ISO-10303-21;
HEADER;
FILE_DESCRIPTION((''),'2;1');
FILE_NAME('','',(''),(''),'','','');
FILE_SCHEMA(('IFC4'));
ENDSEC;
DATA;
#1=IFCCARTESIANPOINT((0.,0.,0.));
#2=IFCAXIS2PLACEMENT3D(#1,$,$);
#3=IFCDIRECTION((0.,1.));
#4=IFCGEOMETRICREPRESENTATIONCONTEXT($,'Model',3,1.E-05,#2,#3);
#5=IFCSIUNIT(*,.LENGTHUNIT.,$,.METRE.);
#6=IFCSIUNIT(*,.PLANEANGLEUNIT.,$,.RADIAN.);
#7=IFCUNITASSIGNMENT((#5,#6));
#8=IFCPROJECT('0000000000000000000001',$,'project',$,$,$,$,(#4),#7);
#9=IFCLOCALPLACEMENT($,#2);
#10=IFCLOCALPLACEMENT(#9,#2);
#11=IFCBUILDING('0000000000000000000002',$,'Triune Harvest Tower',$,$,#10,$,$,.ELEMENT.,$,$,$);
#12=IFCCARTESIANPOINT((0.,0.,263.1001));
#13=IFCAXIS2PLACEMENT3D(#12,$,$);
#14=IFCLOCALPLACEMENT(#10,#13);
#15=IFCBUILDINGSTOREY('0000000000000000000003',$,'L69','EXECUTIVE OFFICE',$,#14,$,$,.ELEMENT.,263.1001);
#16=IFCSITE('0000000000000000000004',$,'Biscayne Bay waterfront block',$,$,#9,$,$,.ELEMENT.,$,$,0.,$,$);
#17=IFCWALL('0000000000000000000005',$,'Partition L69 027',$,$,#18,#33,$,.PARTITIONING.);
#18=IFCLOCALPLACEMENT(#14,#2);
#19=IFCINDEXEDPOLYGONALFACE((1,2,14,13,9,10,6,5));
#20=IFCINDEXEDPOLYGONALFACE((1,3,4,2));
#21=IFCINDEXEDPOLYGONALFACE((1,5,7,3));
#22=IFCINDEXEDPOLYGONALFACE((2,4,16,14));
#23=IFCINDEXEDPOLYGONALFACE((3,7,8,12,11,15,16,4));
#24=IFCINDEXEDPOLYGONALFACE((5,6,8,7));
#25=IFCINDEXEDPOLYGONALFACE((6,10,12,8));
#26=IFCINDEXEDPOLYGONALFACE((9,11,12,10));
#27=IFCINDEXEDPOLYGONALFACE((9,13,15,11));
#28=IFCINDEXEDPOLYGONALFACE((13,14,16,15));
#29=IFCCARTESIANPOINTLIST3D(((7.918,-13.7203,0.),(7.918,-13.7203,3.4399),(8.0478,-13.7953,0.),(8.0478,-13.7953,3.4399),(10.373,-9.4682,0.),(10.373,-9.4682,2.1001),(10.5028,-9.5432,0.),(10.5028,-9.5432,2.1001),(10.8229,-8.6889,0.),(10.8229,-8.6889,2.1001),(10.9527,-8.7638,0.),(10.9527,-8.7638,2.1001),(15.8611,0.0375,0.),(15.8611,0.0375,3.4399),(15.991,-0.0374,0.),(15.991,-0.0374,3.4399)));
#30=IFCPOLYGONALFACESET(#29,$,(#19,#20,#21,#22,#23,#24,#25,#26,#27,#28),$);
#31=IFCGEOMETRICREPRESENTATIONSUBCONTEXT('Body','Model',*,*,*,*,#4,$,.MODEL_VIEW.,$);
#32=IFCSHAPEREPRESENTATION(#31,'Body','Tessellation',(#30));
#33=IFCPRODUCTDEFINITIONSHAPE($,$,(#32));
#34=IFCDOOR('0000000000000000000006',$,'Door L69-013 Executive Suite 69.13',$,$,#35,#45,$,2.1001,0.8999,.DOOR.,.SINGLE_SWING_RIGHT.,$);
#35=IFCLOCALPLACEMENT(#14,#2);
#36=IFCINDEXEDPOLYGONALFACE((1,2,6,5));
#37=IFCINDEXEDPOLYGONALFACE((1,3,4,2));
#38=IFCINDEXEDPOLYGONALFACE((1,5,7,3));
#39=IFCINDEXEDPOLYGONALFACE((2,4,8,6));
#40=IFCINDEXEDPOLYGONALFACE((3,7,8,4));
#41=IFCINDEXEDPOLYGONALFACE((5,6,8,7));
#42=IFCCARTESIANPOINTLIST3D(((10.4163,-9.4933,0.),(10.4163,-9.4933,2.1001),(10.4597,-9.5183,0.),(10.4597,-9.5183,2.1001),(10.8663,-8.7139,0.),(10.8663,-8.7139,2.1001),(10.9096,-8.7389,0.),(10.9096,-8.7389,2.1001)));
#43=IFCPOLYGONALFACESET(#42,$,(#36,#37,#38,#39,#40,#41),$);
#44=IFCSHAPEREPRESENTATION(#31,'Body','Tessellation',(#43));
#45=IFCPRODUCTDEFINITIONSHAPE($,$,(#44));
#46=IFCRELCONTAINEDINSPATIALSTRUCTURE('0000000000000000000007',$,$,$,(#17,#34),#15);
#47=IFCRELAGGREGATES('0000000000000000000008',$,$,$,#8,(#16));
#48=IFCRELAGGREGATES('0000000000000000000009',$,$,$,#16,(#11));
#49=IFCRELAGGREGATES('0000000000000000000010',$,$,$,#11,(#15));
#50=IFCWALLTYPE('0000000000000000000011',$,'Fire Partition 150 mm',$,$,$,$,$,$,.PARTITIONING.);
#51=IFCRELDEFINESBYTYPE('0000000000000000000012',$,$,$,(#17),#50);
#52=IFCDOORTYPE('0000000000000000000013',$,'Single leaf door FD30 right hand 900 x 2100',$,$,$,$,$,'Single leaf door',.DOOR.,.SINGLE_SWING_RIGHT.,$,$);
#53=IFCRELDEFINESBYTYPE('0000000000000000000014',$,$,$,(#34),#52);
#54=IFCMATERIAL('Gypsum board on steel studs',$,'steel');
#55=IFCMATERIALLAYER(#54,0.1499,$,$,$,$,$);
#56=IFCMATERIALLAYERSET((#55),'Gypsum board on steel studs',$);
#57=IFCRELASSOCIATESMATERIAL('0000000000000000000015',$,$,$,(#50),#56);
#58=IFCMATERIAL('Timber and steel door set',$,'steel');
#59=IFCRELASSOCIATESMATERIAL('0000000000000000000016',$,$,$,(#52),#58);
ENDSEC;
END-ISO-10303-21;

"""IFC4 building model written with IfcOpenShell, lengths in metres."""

from ifc_helpers import new_model, si_unit, direction, frame, frame_2d, origin, place, context, subcontext, project, spatial, rectangle, extrude, source, transform, mapped, material, layer, layer_set, type_object, element, fill, save


model = new_model("IFC4")

# Units and contexts
model_context = context("Model", 3, precision=1e-05, world=origin(), true_north=direction((0.0, 1.0)))
body_context = subcontext(model_context, "Body", "Model", "MODEL_VIEW")
ifc_project = project(units=[si_unit("LENGTHUNIT", "METRE"), si_unit("PLANEANGLEUNIT", "RADIAN")], contexts=[model_context])

# Site, building, storey
site_placement = place(None, origin())
site = spatial("IfcSite", under=ifc_project, at=site_placement, Name="Biscayne Bay waterfront block", CompositionType="ELEMENT", RefElevation=0.0)
building_placement = place(site_placement, origin())
building = spatial("IfcBuilding", under=site, at=building_placement, Name="Triune Harvest Tower", CompositionType="ELEMENT")
storey_placement = place(building_placement, frame((0.0, 0.0, 263.1001)))
storey = spatial("IfcBuildingStorey", under=building, at=storey_placement, Name="L69", Description="EXECUTIVE OFFICE", CompositionType="ELEMENT", Elevation=263.1001)

# Wall, opening, door
ifc_material_1 = material(Name="Gypsum board on steel studs", Category="steel")
ifc_layer_1 = layer(ifc_material_1, 0.1499)
ifc_layer_set_1 = layer_set([ifc_layer_1], Name="Gypsum board on steel studs")
wall_type_1 = type_object("IfcWallType", Name="Fire Partition 150 mm", PredefinedType="PARTITIONING", material=ifc_layer_set_1)
shared_shape_1 = source(origin(), body_context, "Body", "SweptSolid", [
    extrude(rectangle(XDim=15.8862, YDim=0.1499, at=frame_2d((7.9431, 0.0))), origin(), (0.0, 0.0, 1.0), 3.4399),
])
wall_1_placement = place(storey_placement, frame((7.9829, -13.7578, 0.0), z_axis=(0.0, 0.0, 1.0), x_axis=(0.500002, 0.866024, 0.0)))
wall_1 = element("IfcWall", 1, at=wall_1_placement, inside=storey, type_object=wall_type_1, Name="Partition L69 027", PredefinedType="PARTITIONING", context=body_context, shape_type="MappedRepresentation", body=[
    mapped(shared_shape_1, transform((0.0, 0.0, 0.0), scale=1.0)),
])
opening_1_placement = place(wall_1_placement, frame((4.9099, 0.0, 0.0)))
opening_1 = element("IfcOpeningElement", 2, at=opening_1_placement, cuts=wall_1, PredefinedType="OPENING", context=body_context, shape_type="SweptSolid", body=[
    extrude(rectangle(XDim=0.8999, YDim=2.1001, at=frame_2d((0.45, 1.05))), frame((0.0, 0.085, 0.0), z_axis=(0.0, -1.0, 0.0), x_axis=(1.0, 0.0, 0.0)), (0.0, 0.0, 1.0), 0.1699),
])
ifc_material_2 = material(Name="Timber and steel door set", Category="steel")
door_type_1 = type_object("IfcDoorType", Name="Single leaf door FD30 right hand 900 x 2100", ElementType="Single leaf door", OperationType="SINGLE_SWING_RIGHT", PredefinedType="DOOR", material=ifc_material_2)
door_1_placement = place(opening_1_placement, origin())
door_1 = element("IfcDoor", 3, at=door_1_placement, inside=storey, type_object=door_type_1, Name="Door L69-013 Executive Suite 69.13", OperationType="SINGLE_SWING_RIGHT", OverallHeight=2.1001, OverallWidth=0.8999, PredefinedType="DOOR", context=body_context, shape_type="SweptSolid", body=[
    extrude(rectangle(XDim=0.8999, YDim=2.1001, at=frame_2d((0.45, 1.05))), frame((0.0, 0.0249, 0.0), z_axis=(0.0, -1.0, 0.0), x_axis=(1.0, 0.0, 0.0)), (0.0, 0.0, 1.0), 0.05),
])
fill(opening_1, door_1)

save(model, "model.ifc")
